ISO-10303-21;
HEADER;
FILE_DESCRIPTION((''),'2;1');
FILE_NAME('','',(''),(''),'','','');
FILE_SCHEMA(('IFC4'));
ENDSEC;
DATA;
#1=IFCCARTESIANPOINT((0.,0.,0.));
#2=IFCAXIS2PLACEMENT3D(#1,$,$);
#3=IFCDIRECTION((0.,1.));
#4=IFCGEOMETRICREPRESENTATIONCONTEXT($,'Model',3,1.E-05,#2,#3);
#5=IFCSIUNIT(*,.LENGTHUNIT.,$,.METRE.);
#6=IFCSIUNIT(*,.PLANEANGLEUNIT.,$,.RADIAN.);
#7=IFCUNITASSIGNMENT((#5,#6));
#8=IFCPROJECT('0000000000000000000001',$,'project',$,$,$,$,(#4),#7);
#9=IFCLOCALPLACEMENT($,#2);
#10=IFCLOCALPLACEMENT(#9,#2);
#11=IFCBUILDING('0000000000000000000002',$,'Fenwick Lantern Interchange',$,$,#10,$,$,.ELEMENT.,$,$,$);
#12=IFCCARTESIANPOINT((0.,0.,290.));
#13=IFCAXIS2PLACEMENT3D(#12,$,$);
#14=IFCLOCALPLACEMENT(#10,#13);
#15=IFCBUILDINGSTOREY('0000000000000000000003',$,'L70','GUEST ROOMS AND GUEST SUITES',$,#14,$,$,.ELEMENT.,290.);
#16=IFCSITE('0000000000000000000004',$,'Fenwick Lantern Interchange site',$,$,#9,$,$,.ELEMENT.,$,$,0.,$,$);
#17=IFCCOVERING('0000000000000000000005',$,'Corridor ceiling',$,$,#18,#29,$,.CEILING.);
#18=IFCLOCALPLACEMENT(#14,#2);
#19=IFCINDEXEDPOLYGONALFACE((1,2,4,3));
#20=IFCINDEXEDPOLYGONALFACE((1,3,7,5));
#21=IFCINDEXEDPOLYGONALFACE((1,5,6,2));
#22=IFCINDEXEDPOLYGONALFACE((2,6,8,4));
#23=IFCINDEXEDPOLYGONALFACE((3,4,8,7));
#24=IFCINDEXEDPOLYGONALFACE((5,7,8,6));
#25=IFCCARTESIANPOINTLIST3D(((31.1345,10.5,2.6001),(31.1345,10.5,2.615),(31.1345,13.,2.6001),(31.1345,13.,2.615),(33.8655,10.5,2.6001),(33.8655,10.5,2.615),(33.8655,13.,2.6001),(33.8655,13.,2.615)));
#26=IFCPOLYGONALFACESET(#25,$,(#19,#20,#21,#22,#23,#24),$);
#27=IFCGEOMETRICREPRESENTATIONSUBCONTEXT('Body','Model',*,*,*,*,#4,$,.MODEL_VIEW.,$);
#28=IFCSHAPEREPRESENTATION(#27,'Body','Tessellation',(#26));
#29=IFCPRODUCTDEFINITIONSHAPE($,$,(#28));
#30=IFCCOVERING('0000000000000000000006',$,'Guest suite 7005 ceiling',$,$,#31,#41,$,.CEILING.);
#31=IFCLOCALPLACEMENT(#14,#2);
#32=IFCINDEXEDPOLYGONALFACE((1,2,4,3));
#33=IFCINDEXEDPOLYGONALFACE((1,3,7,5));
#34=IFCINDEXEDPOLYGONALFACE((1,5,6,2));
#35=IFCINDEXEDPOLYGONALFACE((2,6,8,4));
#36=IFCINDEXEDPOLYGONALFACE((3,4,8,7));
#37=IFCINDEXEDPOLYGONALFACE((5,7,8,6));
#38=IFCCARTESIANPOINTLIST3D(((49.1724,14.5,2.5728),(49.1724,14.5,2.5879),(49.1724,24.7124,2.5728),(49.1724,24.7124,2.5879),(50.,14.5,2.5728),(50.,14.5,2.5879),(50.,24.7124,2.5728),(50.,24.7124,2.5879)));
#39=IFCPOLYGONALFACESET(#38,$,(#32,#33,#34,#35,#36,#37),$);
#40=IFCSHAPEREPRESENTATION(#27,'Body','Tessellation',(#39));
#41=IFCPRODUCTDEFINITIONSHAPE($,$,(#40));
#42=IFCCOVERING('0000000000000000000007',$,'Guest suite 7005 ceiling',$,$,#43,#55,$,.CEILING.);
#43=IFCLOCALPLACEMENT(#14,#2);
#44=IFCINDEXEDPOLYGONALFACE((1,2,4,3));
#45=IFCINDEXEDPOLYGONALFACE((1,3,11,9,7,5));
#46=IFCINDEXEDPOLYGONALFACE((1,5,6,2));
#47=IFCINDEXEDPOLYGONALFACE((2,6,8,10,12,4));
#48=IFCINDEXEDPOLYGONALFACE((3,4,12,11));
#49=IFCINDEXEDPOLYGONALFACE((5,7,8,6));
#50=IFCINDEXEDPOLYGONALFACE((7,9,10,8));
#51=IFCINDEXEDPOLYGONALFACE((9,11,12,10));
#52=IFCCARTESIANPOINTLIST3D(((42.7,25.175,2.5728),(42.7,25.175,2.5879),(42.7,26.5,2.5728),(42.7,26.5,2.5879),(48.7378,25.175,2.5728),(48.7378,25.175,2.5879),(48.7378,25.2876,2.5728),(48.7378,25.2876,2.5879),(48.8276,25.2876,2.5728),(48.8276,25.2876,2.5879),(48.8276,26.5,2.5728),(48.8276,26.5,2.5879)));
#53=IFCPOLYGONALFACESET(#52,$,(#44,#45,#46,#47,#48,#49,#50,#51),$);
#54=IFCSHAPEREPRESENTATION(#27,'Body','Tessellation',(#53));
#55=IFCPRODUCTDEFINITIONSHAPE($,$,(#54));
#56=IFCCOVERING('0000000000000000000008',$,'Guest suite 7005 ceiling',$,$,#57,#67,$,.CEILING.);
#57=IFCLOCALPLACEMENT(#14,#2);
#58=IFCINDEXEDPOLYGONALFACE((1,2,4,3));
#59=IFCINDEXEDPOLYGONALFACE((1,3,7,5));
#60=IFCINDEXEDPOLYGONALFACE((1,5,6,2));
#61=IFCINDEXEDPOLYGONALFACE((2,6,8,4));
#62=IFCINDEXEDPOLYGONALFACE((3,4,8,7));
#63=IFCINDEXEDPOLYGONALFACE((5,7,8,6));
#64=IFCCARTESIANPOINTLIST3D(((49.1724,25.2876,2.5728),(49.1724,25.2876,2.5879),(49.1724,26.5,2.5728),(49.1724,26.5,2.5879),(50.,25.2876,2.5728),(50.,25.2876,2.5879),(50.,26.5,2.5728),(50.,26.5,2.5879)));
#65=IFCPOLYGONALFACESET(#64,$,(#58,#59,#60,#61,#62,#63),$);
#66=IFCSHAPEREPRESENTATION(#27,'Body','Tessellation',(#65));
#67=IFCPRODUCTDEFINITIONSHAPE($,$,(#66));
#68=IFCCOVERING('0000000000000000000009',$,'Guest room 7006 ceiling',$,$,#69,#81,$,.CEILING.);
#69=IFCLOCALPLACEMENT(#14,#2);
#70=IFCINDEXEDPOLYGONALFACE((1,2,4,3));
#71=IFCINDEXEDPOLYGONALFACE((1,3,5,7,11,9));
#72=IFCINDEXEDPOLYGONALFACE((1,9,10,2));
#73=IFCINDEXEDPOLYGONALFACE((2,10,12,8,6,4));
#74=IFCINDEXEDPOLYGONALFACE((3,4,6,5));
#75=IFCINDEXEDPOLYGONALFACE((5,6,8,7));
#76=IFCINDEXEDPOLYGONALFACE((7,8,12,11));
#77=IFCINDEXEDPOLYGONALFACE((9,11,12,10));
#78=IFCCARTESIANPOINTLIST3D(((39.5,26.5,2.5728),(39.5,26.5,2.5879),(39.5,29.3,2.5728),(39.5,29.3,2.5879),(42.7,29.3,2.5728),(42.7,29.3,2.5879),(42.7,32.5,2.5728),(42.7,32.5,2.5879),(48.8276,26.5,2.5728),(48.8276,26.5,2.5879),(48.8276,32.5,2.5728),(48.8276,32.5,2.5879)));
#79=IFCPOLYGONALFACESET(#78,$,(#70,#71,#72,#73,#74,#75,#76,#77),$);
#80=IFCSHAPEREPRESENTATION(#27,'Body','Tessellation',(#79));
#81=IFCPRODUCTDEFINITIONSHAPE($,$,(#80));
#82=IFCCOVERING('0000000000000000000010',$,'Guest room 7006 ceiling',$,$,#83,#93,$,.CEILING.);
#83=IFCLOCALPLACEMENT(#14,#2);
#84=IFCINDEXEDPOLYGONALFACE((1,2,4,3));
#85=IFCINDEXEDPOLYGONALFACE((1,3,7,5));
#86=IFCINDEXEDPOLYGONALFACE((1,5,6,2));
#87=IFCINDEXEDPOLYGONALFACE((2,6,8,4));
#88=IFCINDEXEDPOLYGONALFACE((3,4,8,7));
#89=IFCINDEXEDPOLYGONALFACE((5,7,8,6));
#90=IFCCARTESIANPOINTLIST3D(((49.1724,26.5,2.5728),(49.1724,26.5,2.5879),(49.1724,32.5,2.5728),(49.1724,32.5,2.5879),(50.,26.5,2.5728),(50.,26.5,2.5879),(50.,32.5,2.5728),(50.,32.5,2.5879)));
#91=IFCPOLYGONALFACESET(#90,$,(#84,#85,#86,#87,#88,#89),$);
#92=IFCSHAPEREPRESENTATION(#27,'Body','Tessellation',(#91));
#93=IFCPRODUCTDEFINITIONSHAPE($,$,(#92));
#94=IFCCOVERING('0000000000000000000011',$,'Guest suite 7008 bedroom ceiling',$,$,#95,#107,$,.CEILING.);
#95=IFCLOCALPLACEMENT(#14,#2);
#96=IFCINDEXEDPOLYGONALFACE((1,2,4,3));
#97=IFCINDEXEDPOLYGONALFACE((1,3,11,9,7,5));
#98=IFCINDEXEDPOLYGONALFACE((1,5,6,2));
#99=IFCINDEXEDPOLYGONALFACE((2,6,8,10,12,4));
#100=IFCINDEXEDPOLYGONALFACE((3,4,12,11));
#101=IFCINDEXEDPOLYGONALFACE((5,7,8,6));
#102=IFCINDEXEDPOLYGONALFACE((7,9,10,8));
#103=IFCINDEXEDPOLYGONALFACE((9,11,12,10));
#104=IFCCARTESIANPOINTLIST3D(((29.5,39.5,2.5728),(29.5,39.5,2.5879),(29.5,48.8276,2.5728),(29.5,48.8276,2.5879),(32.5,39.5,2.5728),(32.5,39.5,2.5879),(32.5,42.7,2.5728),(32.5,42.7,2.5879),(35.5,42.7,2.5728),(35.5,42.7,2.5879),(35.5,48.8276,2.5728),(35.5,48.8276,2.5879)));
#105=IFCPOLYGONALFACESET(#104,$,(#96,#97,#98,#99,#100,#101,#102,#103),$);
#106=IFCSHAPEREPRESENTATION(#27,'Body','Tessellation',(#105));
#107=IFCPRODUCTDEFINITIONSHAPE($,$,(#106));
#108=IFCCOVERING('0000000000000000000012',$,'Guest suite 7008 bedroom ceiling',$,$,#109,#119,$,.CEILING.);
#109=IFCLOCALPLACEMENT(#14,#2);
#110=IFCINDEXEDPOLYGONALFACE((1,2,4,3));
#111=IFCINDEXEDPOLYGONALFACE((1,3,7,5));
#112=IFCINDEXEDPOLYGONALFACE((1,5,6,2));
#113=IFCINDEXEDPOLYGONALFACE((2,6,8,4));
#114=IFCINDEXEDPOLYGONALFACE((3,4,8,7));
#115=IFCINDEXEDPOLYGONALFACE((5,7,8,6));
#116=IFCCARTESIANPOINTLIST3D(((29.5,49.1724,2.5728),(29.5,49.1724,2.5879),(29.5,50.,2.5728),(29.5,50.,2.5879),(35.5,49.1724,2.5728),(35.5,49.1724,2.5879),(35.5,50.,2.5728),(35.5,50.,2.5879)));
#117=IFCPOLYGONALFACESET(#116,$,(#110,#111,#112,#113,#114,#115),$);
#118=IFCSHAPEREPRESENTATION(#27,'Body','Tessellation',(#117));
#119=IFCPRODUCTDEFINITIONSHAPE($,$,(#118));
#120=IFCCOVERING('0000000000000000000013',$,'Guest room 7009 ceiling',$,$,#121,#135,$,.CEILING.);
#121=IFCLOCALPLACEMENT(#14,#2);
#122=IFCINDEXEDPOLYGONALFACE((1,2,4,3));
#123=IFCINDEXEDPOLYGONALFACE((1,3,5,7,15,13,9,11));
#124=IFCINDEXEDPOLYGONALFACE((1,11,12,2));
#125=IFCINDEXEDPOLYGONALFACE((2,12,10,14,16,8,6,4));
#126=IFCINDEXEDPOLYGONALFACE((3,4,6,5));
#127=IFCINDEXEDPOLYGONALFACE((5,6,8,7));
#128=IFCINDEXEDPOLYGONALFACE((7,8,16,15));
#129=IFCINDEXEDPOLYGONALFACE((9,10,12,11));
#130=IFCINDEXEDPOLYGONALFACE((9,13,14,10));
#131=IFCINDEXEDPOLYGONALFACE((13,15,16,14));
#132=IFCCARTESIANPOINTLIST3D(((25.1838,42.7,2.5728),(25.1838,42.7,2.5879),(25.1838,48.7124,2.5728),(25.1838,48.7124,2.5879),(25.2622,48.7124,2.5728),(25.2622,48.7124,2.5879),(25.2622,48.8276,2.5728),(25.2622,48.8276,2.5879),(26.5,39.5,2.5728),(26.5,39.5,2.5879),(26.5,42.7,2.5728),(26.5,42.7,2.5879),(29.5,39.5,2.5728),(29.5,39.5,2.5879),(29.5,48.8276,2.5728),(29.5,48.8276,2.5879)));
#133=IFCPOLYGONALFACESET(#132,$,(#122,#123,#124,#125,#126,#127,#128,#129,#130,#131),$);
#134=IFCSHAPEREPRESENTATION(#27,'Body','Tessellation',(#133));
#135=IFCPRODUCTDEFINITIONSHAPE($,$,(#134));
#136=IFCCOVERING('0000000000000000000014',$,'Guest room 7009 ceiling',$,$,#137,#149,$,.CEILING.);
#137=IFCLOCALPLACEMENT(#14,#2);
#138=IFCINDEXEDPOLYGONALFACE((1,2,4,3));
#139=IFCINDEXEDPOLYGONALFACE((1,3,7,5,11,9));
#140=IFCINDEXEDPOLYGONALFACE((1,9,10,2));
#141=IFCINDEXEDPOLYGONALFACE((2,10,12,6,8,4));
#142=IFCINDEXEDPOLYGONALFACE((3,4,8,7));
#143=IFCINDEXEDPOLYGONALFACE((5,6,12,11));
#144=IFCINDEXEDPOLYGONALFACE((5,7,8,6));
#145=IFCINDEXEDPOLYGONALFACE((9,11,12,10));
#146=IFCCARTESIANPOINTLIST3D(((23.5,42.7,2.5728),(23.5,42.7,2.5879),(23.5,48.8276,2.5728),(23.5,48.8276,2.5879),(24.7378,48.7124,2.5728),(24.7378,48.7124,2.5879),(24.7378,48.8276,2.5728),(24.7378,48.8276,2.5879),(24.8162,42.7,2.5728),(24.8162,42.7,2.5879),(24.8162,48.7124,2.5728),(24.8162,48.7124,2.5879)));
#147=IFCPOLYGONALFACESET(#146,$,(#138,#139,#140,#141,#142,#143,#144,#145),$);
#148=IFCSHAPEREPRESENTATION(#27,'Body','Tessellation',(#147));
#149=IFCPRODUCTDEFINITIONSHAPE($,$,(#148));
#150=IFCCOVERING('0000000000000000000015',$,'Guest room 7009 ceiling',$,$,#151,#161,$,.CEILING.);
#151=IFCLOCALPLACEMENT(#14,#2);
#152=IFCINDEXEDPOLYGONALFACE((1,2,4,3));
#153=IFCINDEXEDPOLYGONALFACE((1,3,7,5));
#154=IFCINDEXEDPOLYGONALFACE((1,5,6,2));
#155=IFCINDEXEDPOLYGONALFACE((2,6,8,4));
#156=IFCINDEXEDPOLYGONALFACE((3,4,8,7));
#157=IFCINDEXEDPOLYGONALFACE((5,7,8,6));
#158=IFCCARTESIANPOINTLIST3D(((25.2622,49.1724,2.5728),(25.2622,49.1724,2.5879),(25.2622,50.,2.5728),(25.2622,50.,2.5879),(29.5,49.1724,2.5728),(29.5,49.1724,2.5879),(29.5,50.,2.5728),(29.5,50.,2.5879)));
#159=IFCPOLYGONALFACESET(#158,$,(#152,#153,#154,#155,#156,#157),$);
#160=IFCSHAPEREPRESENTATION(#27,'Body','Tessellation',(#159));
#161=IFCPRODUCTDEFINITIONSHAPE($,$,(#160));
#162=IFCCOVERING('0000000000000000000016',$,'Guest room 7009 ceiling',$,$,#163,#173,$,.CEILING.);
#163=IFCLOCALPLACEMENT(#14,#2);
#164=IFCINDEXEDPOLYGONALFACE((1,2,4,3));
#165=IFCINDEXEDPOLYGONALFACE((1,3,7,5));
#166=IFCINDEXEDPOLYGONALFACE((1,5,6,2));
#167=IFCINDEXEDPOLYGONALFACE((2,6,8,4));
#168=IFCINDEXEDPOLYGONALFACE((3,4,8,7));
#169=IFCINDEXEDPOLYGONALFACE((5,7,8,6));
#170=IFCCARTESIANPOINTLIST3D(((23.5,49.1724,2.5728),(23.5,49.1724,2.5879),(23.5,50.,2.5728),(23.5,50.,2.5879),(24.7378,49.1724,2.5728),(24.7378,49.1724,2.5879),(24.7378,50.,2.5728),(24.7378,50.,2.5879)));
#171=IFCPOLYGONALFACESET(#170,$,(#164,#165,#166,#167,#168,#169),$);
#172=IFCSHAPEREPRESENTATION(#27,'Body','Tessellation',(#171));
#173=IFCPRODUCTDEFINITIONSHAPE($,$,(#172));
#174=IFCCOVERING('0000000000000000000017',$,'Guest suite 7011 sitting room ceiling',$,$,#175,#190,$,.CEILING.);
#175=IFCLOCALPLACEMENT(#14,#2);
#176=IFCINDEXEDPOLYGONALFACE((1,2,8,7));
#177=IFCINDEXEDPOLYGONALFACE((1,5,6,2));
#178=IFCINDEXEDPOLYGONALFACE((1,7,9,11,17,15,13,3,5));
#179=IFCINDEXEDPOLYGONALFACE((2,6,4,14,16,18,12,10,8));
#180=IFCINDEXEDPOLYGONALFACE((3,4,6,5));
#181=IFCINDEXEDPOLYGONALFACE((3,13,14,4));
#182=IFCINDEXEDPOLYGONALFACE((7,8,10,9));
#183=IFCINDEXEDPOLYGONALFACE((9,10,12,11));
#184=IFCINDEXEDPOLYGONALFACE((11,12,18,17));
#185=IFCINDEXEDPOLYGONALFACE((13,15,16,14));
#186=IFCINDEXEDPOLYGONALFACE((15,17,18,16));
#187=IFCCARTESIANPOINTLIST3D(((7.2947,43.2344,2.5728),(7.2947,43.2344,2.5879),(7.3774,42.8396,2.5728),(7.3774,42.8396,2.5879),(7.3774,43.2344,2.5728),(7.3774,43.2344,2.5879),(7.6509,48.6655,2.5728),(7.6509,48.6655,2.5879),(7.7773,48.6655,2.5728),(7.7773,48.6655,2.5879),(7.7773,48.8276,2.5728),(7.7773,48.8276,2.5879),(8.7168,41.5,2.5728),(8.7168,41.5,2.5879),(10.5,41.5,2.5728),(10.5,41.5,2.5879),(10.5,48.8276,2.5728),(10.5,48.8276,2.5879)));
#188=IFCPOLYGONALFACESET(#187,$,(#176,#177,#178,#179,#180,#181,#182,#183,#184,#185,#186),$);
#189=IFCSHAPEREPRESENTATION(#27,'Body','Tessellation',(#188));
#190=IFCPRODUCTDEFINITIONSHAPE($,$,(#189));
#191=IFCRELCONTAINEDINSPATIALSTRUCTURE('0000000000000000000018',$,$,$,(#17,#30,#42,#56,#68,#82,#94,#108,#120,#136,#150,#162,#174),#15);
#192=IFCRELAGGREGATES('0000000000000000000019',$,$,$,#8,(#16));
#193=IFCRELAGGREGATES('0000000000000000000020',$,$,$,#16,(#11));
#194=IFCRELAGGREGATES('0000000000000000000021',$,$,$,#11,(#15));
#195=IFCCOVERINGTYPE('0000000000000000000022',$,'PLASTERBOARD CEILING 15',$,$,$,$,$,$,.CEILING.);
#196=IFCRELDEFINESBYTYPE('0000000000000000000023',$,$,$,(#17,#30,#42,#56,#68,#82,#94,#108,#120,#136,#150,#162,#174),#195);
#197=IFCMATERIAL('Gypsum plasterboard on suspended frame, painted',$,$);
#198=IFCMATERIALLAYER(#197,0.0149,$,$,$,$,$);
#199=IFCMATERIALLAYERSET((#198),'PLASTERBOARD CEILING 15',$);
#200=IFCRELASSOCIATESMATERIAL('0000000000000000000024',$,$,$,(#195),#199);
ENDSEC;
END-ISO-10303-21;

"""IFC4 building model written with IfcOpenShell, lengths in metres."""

from ifc_helpers import new_model, si_unit, direction, frame, origin, place, context, subcontext, project, spatial, polyline, outline, extrude, material, layer, layer_set, type_object, element, save


model = new_model("IFC4")

# Units and contexts
model_context = context("Model", 3, precision=1e-05, world=origin(), true_north=direction((0.0, 1.0)))
body_context = subcontext(model_context, "Body", "Model", "MODEL_VIEW")
ifc_project = project(units=[si_unit("LENGTHUNIT", "METRE"), si_unit("PLANEANGLEUNIT", "RADIAN")], contexts=[model_context])

# Site, building, storey
site_placement = place(None, origin())
site = spatial("IfcSite", under=ifc_project, at=site_placement, Name="Fenwick Lantern Interchange site", CompositionType="ELEMENT", RefElevation=0.0)
building_placement = place(site_placement, origin())
building = spatial("IfcBuilding", under=site, at=building_placement, Name="Fenwick Lantern Interchange", CompositionType="ELEMENT")
storey_placement = place(building_placement, frame((0.0, 0.0, 290.0)))
storey = spatial("IfcBuildingStorey", under=building, at=storey_placement, Name="L70", Description="GUEST ROOMS AND GUEST SUITES", CompositionType="ELEMENT", Elevation=290.0)

# Coverings
ifc_material_1 = material(Name="Gypsum plasterboard on suspended frame, painted")
ifc_layer_1 = layer(ifc_material_1, 0.0149)
ifc_layer_set_1 = layer_set([ifc_layer_1], Name="PLASTERBOARD CEILING 15")
covering_type_1 = type_object("IfcCoveringType", Name="PLASTERBOARD CEILING 15", PredefinedType="CEILING", material=ifc_layer_set_1)
covering_1_placement = place(storey_placement, frame((0.0, 0.0, 2.6001)))
element("IfcCovering", 1, at=covering_1_placement, inside=storey, type_object=covering_type_1, Name="Corridor ceiling", PredefinedType="CEILING", context=body_context, shape_type="SweptSolid", body=[
    extrude(outline(polyline([(31.1345, 10.5), (33.8655, 10.5), (33.8655, 13.0), (31.1345, 13.0), (31.1345, 10.5)])), origin(), (0.0, 0.0, 1.0), 0.0149),
])
covering_2_placement = place(storey_placement, frame((0.0, 0.0, 2.5728)))
element("IfcCovering", 2, at=covering_2_placement, inside=storey, type_object=covering_type_1, Name="Guest suite 7005 ceiling", PredefinedType="CEILING", context=body_context, shape_type="SweptSolid", body=[
    extrude(outline(polyline([(50.0, 24.7124), (49.1724, 24.7124), (49.1724, 14.5), (50.0, 14.5), (50.0, 24.7124)])), origin(), (0.0, 0.0, 1.0), 0.0151),
])
covering_3_placement = place(storey_placement, frame((0.0, 0.0, 2.5728)))
element("IfcCovering", 3, at=covering_3_placement, inside=storey, type_object=covering_type_1, Name="Guest suite 7005 ceiling", PredefinedType="CEILING", context=body_context, shape_type="SweptSolid", body=[
    extrude(outline(polyline([(48.7378, 25.2876), (48.8276, 25.2876), (48.8276, 26.5), (42.7, 26.5), (42.7, 25.175), (48.7378, 25.175), (48.7378, 25.2876)])), origin(), (0.0, 0.0, 1.0), 0.0151),
])
covering_4_placement = place(storey_placement, frame((0.0, 0.0, 2.5728)))
element("IfcCovering", 4, at=covering_4_placement, inside=storey, type_object=covering_type_1, Name="Guest suite 7005 ceiling", PredefinedType="CEILING", context=body_context, shape_type="SweptSolid", body=[
    extrude(outline(polyline([(49.1724, 25.2876), (50.0, 25.2876), (50.0, 26.5), (49.1724, 26.5), (49.1724, 25.2876)])), origin(), (0.0, 0.0, 1.0), 0.0151),
])
covering_5_placement = place(storey_placement, frame((0.0, 0.0, 2.5728)))
element("IfcCovering", 5, at=covering_5_placement, inside=storey, type_object=covering_type_1, Name="Guest room 7006 ceiling", PredefinedType="CEILING", context=body_context, shape_type="SweptSolid", body=[
    extrude(outline(polyline([(39.5, 26.5), (48.8276, 26.5), (48.8276, 32.5), (42.7, 32.5), (42.7, 29.3), (39.5, 29.3), (39.5, 26.5)])), origin(), (0.0, 0.0, 1.0), 0.0151),
])
covering_6_placement = place(storey_placement, frame((0.0, 0.0, 2.5728)))
element("IfcCovering", 6, at=covering_6_placement, inside=storey, type_object=covering_type_1, Name="Guest room 7006 ceiling", PredefinedType="CEILING", context=body_context, shape_type="SweptSolid", body=[
    extrude(outline(polyline([(50.0, 26.5), (50.0, 32.5), (49.1724, 32.5), (49.1724, 26.5), (50.0, 26.5)])), origin(), (0.0, 0.0, 1.0), 0.0151),
])
covering_7_placement = place(storey_placement, frame((0.0, 0.0, 2.5728)))
element("IfcCovering", 7, at=covering_7_placement, inside=storey, type_object=covering_type_1, Name="Guest suite 7008 bedroom ceiling", PredefinedType="CEILING", context=body_context, shape_type="SweptSolid", body=[
    extrude(outline(polyline([(29.5, 48.8276), (29.5, 39.5), (32.5, 39.5), (32.5, 42.7), (35.5, 42.7), (35.5, 48.8276), (29.5, 48.8276)])), origin(), (0.0, 0.0, 1.0), 0.0151),
])
covering_8_placement = place(storey_placement, frame((0.0, 0.0, 2.5728)))
element("IfcCovering", 8, at=covering_8_placement, inside=storey, type_object=covering_type_1, Name="Guest suite 7008 bedroom ceiling", PredefinedType="CEILING", context=body_context, shape_type="SweptSolid", body=[
    extrude(outline(polyline([(29.5, 50.0), (29.5, 49.1724), (35.5, 49.1724), (35.5, 50.0), (29.5, 50.0)])), origin(), (0.0, 0.0, 1.0), 0.0151),
])
covering_9_placement = place(storey_placement, frame((0.0, 0.0, 2.5728)))
element("IfcCovering", 9, at=covering_9_placement, inside=storey, type_object=covering_type_1, Name="Guest room 7009 ceiling", PredefinedType="CEILING", context=body_context, shape_type="SweptSolid", body=[
    extrude(outline(polyline([(25.2622, 48.7124), (25.1838, 48.7124), (25.1838, 42.7), (26.5, 42.7), (26.5, 39.5), (29.5, 39.5), (29.5, 48.8276), (25.2622, 48.8276), (25.2622, 48.7124)])), origin(), (0.0, 0.0, 1.0), 0.0151),
])
covering_10_placement = place(storey_placement, frame((0.0, 0.0, 2.5728)))
element("IfcCovering", 10, at=covering_10_placement, inside=storey, type_object=covering_type_1, Name="Guest room 7009 ceiling", PredefinedType="CEILING", context=body_context, shape_type="SweptSolid", body=[
    extrude(outline(polyline([(24.7378, 48.7124), (24.7378, 48.8276), (23.5, 48.8276), (23.5, 42.7), (24.8162, 42.7), (24.8162, 48.7124), (24.7378, 48.7124)])), origin(), (0.0, 0.0, 1.0), 0.0151),
])
covering_11_placement = place(storey_placement, frame((0.0, 0.0, 2.5728)))
element("IfcCovering", 11, at=covering_11_placement, inside=storey, type_object=covering_type_1, Name="Guest room 7009 ceiling", PredefinedType="CEILING", context=body_context, shape_type="SweptSolid", body=[
    extrude(outline(polyline([(25.2622, 50.0), (25.2622, 49.1724), (29.5, 49.1724), (29.5, 50.0), (25.2622, 50.0)])), origin(), (0.0, 0.0, 1.0), 0.0151),
])
covering_12_placement = place(storey_placement, frame((0.0, 0.0, 2.5728)))
element("IfcCovering", 12, at=covering_12_placement, inside=storey, type_object=covering_type_1, Name="Guest room 7009 ceiling", PredefinedType="CEILING", context=body_context, shape_type="SweptSolid", body=[
    extrude(outline(polyline([(24.7378, 49.1724), (24.7378, 50.0), (23.5, 50.0), (23.5, 49.1724), (24.7378, 49.1724)])), origin(), (0.0, 0.0, 1.0), 0.0151),
])
covering_13_placement = place(storey_placement, frame((0.0, 0.0, 2.5728)))
element("IfcCovering", 13, at=covering_13_placement, inside=storey, type_object=covering_type_1, Name="Guest suite 7011 sitting room ceiling", PredefinedType="CEILING", context=body_context, shape_type="SweptSolid", body=[
    extrude(outline(polyline([(7.7773, 48.6655), (7.6509, 48.6655), (7.2947, 43.2344), (7.3774, 43.2344), (7.3774, 42.8396), (8.7168, 41.5), (10.5, 41.5), (10.5, 48.8276), (7.7773, 48.8276), (7.7773, 48.6655)])), origin(), (0.0, 0.0, 1.0), 0.0151),
])

save(model, "model.ifc")
